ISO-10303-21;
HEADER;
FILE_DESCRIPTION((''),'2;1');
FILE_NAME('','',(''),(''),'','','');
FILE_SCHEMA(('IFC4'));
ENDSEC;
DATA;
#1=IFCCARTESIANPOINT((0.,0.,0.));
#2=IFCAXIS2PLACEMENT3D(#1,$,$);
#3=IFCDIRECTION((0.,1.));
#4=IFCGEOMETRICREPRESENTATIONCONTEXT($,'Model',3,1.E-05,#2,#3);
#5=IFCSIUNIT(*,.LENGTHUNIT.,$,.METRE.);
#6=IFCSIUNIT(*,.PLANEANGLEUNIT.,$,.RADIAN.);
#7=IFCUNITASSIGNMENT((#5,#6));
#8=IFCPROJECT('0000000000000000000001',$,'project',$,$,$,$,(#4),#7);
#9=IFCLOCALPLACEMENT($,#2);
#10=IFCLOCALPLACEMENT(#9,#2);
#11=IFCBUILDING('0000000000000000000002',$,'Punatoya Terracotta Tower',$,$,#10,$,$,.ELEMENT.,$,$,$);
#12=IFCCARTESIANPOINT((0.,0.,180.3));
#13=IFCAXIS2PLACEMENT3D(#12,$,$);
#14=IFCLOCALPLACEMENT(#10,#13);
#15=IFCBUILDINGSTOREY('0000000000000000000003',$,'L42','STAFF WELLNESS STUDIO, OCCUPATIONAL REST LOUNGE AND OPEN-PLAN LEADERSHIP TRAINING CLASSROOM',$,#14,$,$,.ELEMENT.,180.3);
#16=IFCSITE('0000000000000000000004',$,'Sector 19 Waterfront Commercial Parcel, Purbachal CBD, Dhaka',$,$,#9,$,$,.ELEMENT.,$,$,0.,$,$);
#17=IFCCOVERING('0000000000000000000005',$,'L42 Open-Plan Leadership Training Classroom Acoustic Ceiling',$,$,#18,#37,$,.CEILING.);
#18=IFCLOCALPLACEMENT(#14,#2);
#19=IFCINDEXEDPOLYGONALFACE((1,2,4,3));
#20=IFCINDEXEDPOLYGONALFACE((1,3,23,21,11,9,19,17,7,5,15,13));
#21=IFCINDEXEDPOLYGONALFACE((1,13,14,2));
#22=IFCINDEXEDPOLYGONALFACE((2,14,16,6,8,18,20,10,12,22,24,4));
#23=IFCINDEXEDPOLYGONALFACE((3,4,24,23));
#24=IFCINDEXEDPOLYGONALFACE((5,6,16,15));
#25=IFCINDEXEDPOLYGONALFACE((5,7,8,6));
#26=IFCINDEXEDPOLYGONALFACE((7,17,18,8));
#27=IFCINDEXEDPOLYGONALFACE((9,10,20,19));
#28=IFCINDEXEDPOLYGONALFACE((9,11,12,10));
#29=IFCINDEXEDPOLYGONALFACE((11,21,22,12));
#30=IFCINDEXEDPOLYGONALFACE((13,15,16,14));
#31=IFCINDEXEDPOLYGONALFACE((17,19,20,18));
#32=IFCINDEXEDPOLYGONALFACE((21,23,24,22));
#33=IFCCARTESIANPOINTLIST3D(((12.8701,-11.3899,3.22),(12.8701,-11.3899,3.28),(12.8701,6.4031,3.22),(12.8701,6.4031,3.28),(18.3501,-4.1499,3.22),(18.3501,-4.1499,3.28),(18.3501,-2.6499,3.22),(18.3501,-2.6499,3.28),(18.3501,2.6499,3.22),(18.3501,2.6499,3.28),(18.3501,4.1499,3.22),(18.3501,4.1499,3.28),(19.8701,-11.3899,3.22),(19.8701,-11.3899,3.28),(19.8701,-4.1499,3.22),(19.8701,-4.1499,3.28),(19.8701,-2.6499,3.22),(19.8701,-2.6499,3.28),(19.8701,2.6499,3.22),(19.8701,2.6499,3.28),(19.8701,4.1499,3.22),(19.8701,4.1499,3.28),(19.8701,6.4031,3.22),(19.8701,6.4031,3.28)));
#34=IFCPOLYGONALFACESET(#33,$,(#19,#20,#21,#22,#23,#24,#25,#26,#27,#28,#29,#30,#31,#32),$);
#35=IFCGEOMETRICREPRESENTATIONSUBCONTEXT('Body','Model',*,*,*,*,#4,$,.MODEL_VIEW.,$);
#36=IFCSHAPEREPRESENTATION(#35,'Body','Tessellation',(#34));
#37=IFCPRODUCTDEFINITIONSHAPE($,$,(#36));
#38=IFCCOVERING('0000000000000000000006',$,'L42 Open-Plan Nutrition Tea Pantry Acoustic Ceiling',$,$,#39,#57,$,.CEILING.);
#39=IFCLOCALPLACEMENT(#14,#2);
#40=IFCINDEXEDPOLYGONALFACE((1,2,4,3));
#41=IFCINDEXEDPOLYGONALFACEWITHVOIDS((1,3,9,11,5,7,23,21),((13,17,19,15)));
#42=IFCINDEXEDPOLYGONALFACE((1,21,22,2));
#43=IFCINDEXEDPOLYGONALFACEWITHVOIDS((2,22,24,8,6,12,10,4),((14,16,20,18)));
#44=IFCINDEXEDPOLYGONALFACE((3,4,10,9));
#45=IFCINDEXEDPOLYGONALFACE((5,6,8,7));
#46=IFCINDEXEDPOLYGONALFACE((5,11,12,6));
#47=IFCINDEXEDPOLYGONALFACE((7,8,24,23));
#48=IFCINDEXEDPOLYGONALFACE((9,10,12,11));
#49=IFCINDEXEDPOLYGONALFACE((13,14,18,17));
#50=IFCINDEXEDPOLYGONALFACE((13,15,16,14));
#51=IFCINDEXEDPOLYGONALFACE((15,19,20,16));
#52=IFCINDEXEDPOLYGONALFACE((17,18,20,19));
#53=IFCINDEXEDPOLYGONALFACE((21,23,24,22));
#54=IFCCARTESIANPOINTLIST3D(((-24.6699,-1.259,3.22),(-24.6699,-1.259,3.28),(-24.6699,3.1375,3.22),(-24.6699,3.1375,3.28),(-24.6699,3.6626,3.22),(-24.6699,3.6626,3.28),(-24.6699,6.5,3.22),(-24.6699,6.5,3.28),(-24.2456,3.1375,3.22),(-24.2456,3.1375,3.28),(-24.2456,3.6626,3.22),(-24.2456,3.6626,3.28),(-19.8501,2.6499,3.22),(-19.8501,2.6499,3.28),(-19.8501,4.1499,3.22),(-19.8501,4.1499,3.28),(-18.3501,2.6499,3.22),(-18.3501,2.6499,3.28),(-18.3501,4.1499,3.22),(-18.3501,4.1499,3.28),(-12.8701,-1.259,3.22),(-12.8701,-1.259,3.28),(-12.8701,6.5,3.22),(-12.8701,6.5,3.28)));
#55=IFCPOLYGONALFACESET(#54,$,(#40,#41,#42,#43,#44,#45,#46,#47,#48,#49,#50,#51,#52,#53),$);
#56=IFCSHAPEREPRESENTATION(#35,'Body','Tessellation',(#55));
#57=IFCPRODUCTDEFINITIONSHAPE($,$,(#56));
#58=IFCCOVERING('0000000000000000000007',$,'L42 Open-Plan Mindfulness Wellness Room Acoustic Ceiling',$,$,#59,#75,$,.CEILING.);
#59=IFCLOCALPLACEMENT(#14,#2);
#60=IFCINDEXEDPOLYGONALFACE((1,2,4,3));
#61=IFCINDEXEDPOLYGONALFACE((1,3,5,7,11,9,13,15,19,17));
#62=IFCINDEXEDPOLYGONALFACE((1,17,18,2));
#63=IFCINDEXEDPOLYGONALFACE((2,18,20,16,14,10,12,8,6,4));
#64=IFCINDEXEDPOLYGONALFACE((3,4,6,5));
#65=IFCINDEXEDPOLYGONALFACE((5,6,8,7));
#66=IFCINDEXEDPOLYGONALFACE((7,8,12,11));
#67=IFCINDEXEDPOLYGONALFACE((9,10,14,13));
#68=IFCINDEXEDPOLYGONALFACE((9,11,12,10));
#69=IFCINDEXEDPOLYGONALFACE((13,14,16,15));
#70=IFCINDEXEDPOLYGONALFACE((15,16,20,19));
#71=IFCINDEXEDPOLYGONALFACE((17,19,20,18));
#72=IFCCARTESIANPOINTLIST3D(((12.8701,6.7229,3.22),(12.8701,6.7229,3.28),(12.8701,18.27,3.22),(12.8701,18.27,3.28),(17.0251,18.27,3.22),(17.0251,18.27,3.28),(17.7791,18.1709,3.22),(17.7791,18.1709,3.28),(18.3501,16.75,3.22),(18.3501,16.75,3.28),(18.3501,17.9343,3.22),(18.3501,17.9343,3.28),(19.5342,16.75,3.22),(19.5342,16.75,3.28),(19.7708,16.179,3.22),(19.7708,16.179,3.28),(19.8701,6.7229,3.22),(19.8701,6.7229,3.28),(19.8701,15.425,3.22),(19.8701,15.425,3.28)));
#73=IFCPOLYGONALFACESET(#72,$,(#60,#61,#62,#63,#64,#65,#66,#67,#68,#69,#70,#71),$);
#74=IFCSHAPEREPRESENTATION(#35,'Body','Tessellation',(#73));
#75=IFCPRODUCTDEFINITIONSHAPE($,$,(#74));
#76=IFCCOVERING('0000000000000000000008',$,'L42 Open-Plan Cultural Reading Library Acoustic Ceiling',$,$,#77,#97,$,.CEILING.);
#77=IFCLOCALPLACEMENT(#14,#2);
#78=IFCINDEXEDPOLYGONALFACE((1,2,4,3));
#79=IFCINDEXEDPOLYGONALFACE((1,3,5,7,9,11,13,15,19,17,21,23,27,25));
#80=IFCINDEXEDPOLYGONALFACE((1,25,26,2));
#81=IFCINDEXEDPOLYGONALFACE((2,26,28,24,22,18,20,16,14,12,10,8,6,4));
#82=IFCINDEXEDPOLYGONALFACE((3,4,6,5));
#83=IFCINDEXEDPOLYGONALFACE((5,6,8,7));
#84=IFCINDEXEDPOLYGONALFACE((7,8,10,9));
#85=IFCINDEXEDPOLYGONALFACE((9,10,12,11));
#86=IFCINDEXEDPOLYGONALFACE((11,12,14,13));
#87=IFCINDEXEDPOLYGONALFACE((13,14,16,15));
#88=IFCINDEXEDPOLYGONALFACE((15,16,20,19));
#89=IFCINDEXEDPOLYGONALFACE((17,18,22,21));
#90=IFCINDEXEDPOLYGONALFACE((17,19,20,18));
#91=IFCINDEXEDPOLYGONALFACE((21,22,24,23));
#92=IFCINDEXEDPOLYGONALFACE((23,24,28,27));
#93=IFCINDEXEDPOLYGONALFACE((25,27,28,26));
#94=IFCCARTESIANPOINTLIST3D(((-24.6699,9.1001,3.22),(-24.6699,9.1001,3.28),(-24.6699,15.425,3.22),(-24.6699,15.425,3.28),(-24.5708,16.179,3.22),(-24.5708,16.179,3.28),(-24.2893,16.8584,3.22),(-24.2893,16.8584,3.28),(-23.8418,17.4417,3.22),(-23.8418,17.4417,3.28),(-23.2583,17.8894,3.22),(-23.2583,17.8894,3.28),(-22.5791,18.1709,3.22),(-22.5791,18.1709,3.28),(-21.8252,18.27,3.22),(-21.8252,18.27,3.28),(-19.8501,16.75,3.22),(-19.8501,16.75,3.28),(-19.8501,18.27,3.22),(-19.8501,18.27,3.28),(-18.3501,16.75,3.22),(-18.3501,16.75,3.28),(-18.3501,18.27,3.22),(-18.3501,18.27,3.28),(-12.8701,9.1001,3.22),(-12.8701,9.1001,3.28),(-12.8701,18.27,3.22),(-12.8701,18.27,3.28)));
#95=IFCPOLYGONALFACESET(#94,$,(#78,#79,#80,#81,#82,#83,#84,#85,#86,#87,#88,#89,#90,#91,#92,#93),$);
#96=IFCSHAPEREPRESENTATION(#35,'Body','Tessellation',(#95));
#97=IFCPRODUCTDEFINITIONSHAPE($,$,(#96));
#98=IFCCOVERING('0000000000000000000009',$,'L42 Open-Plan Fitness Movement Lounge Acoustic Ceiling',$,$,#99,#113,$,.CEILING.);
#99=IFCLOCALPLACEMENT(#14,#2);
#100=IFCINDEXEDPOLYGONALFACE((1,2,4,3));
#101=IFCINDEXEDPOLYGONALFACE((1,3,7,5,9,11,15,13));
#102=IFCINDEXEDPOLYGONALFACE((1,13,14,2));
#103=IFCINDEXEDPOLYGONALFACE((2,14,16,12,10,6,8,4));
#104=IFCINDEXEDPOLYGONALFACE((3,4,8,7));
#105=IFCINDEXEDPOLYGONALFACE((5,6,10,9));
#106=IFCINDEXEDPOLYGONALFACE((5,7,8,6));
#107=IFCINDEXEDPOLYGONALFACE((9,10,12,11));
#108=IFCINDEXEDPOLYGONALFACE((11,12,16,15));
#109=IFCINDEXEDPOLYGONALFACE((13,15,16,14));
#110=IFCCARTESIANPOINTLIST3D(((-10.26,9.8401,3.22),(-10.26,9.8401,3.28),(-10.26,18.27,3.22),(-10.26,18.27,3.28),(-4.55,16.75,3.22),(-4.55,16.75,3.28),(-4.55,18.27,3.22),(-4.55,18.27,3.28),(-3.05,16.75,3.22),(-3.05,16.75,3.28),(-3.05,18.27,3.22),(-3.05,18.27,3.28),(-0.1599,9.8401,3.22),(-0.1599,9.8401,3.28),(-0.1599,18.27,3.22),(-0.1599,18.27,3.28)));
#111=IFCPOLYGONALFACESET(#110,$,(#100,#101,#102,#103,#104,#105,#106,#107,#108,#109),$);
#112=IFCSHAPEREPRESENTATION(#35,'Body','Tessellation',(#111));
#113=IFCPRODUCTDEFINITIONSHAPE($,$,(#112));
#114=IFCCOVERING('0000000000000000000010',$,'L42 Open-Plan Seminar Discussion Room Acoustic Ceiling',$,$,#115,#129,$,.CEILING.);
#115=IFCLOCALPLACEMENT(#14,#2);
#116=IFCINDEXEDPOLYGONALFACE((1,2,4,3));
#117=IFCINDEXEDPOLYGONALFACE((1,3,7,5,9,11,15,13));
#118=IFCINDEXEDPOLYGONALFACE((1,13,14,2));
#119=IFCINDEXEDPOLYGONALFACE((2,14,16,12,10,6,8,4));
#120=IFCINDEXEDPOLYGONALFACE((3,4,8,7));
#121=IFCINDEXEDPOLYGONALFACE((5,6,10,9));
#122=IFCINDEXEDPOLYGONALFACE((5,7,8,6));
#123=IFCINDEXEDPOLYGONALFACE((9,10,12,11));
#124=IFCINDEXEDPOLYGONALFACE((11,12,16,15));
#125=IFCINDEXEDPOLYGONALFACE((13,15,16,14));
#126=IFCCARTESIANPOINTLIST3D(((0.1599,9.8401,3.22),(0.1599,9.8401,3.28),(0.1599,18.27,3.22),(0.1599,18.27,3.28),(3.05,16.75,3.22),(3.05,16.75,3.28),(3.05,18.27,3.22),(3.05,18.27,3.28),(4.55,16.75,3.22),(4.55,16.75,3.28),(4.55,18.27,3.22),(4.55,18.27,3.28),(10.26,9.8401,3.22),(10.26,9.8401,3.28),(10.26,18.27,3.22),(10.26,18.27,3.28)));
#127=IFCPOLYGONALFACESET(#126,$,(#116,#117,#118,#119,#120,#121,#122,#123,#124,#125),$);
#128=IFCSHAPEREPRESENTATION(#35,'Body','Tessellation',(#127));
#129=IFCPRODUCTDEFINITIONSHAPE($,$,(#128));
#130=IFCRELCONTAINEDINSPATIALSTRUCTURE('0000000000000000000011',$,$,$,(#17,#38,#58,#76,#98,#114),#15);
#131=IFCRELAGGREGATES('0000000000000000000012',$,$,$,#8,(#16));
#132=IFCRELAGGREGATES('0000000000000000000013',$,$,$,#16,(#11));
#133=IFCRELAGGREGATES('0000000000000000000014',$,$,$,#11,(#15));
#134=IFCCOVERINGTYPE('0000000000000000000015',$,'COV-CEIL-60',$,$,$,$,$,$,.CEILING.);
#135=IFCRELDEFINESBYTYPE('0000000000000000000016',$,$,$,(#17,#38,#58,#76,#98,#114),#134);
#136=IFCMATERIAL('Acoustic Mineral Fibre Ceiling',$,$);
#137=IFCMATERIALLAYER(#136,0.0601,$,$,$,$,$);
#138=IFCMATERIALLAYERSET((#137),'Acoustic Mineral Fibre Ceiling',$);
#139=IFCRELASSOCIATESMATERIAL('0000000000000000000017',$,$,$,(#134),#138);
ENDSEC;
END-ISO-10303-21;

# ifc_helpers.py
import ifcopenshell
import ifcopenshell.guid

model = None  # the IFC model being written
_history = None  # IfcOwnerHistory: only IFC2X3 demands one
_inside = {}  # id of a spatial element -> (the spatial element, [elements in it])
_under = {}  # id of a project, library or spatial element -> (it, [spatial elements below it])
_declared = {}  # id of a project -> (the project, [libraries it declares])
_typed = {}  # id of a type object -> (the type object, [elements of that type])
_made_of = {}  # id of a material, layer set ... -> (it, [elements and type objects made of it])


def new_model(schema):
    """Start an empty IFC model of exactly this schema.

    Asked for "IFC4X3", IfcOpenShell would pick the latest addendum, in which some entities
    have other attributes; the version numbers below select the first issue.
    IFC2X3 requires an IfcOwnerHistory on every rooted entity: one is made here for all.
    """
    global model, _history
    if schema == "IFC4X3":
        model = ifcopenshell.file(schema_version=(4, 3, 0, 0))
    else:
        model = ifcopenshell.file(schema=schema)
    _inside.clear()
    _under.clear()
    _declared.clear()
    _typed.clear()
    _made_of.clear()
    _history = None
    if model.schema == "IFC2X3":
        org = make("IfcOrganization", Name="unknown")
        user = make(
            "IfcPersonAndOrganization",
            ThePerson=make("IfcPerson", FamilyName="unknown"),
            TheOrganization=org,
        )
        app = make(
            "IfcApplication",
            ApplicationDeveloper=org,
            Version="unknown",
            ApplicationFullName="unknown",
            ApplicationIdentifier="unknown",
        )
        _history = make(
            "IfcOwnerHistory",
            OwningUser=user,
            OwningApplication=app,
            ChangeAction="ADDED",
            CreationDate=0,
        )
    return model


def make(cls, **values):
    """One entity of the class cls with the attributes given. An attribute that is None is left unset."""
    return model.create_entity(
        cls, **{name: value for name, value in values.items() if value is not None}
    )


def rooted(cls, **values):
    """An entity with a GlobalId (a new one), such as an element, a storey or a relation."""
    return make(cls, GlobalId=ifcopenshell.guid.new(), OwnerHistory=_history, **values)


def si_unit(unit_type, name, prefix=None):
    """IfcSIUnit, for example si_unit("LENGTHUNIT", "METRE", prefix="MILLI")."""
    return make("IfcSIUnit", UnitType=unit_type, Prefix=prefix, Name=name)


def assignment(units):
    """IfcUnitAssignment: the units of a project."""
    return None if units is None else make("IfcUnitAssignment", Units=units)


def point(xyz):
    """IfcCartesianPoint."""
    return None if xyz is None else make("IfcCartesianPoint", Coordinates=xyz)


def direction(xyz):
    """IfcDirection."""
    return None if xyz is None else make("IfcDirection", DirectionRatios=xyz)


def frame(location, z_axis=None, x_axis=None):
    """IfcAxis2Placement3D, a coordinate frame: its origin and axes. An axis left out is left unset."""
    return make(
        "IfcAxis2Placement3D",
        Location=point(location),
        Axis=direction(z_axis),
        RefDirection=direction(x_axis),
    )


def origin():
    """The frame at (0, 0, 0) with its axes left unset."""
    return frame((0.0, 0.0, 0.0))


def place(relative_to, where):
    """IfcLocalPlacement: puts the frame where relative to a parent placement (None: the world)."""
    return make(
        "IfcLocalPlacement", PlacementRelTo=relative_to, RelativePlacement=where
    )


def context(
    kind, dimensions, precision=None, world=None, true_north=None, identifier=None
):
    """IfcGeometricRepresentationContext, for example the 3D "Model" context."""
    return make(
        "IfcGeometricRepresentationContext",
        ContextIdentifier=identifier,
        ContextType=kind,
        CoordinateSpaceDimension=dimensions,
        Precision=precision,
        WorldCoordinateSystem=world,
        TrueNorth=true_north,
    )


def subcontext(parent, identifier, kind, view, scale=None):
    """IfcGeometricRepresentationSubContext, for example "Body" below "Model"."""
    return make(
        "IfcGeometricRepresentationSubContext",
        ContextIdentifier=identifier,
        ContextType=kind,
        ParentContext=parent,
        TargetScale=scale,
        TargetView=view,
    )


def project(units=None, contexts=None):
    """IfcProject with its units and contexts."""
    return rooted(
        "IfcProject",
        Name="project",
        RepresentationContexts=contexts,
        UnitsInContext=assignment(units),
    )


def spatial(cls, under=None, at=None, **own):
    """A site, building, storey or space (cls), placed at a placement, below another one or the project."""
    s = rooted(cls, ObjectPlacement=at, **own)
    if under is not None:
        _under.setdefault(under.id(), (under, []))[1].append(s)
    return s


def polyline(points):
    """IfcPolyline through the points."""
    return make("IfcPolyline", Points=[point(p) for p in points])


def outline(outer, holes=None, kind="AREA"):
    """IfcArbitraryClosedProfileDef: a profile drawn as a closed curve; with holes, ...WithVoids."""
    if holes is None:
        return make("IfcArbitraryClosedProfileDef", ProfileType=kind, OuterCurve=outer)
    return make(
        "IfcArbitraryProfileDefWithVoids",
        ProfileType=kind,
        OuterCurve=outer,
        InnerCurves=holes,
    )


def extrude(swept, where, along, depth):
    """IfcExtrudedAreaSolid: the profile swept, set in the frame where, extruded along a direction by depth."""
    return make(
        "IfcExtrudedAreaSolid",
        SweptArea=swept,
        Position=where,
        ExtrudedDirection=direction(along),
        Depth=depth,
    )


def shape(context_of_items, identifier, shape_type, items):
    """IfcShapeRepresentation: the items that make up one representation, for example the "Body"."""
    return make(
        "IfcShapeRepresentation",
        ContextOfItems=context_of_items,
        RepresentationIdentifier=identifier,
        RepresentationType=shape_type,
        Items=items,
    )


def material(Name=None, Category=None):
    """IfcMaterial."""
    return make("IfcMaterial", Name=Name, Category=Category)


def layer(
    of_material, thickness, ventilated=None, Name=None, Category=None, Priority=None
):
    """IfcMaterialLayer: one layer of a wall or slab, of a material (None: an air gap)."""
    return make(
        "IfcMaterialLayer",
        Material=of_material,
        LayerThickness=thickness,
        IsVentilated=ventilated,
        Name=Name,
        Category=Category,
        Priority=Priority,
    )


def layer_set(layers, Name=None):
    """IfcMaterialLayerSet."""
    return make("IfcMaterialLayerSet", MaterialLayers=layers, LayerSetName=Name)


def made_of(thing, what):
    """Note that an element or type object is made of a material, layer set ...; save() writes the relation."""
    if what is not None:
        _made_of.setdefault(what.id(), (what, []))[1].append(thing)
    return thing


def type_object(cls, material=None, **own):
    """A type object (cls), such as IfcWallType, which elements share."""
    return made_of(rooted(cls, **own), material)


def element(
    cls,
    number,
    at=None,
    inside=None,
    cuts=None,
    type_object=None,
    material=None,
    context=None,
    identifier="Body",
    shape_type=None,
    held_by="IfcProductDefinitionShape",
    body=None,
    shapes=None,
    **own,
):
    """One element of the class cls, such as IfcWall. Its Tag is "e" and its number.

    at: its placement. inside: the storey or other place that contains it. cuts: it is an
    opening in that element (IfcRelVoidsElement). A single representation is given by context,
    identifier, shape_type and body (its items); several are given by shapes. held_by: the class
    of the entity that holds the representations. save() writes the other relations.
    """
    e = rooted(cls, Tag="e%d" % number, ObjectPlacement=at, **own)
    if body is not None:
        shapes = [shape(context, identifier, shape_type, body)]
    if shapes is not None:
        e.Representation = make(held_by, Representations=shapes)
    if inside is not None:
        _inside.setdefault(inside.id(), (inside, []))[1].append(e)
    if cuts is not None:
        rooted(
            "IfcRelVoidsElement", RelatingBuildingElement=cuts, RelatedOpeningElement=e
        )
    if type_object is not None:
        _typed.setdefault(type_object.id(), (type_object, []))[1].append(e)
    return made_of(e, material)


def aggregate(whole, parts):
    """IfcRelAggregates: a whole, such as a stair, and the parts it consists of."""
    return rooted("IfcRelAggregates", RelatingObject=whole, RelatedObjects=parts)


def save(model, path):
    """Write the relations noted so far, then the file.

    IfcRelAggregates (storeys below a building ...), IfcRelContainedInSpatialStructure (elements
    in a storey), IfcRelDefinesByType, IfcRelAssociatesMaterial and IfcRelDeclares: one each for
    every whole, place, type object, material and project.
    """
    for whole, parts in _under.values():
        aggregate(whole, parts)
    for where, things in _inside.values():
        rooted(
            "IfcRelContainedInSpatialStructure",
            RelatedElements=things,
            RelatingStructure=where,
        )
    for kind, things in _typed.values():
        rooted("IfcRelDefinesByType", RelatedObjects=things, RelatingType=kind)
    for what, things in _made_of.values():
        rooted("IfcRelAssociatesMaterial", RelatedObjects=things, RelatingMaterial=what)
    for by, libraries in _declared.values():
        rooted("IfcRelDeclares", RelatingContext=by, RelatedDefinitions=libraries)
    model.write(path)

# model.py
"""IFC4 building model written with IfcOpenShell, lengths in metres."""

from ifc_helpers import new_model, si_unit, direction, frame, origin, place, context, subcontext, project, spatial, polyline, outline, extrude, material, layer, layer_set, type_object, element, save


model = new_model("IFC4")

# Units and contexts
model_context = context("Model", 3, precision=1e-05, world=origin(), true_north=direction((0.0, 1.0)))
body_context = subcontext(model_context, "Body", "Model", "MODEL_VIEW")
ifc_project = project(units=[si_unit("LENGTHUNIT", "METRE"), si_unit("PLANEANGLEUNIT", "RADIAN")], contexts=[model_context])

# Site, building, storey
site_placement = place(None, origin())
site = spatial("IfcSite", under=ifc_project, at=site_placement, Name="Sector 19 Waterfront Commercial Parcel, Purbachal CBD, Dhaka", CompositionType="ELEMENT", RefElevation=0.0)
building_placement = place(site_placement, origin())
building = spatial("IfcBuilding", under=site, at=building_placement, Name="Punatoya Terracotta Tower", CompositionType="ELEMENT")
storey_placement = place(building_placement, frame((0.0, 0.0, 180.3)))
storey = spatial("IfcBuildingStorey", under=building, at=storey_placement, Name="L42", Description="STAFF WELLNESS STUDIO, OCCUPATIONAL REST LOUNGE AND OPEN-PLAN LEADERSHIP TRAINING CLASSROOM", CompositionType="ELEMENT", Elevation=180.3)

# Coverings
ifc_material_1 = material(Name="Acoustic Mineral Fibre Ceiling")
ifc_layer_1 = layer(ifc_material_1, 0.0601)
ifc_layer_set_1 = layer_set([ifc_layer_1], Name="Acoustic Mineral Fibre Ceiling")
covering_type = type_object("IfcCoveringType", Name="COV-CEIL-60", PredefinedType="CEILING", material=ifc_layer_set_1)
covering_1_placement = place(storey_placement, frame((0.0, 0.0, 3.22)))
element("IfcCovering", 1, at=covering_1_placement, inside=storey, type_object=covering_type, Name="L42 Open-Plan Leadership Training Classroom Acoustic Ceiling", PredefinedType="CEILING", context=body_context, shape_type="SweptSolid", body=[
    extrude(outline(polyline([(12.8701, 6.4031), (12.8701, -11.3899), (19.8701, -11.3899), (19.8701, -4.1499), (18.3501, -4.1499), (18.3501, -2.6499), (19.8701, -2.6499), (19.8701, 2.6499), (18.3501, 2.6499), (18.3501, 4.1499), (19.8701, 4.1499), (19.8701, 6.4031), (12.8701, 6.4031)])), origin(), (0.0, 0.0, 1.0), 0.0601),
])
covering_2_placement = place(storey_placement, frame((0.0, 0.0, 3.22)))
element("IfcCovering", 2, at=covering_2_placement, inside=storey, type_object=covering_type, Name="L42 Open-Plan Nutrition Tea Pantry Acoustic Ceiling", PredefinedType="CEILING", context=body_context, shape_type="SweptSolid", body=[
    extrude(outline(polyline([(-24.6699, 3.1375), (-24.6699, -1.259), (-12.8701, -1.259), (-12.8701, 6.5), (-24.6699, 6.5), (-24.6699, 3.6626), (-24.2456, 3.6626), (-24.2456, 3.1375), (-24.6699, 3.1375)]), holes=[polyline([(-18.3501, 4.1499), (-18.3501, 2.6499), (-19.8501, 2.6499), (-19.8501, 4.1499), (-18.3501, 4.1499)])]), origin(), (0.0, 0.0, 1.0), 0.0601),
])
covering_3_placement = place(storey_placement, frame((0.0, 0.0, 3.22)))
element("IfcCovering", 3, at=covering_3_placement, inside=storey, type_object=covering_type, Name="L42 Open-Plan Mindfulness Wellness Room Acoustic Ceiling", PredefinedType="CEILING", context=body_context, shape_type="SweptSolid", body=[
    extrude(outline(polyline([(12.8701, 18.27), (12.8701, 6.7229), (19.8701, 6.7229), (19.8701, 15.425), (19.7708, 16.179), (19.5342, 16.75), (18.3501, 16.75), (18.3501, 17.9343), (17.7791, 18.1709), (17.0251, 18.27), (12.8701, 18.27)])), origin(), (0.0, 0.0, 1.0), 0.0601),
])
covering_4_placement = place(storey_placement, frame((0.0, 0.0, 3.22)))
element("IfcCovering", 4, at=covering_4_placement, inside=storey, type_object=covering_type, Name="L42 Open-Plan Cultural Reading Library Acoustic Ceiling", PredefinedType="CEILING", context=body_context, shape_type="SweptSolid", body=[
    extrude(outline(polyline([(-24.5708, 16.179), (-24.6699, 15.425), (-24.6699, 9.1001), (-12.8701, 9.1001), (-12.8701, 18.27), (-18.3501, 18.27), (-18.3501, 16.75), (-19.8501, 16.75), (-19.8501, 18.27), (-21.8252, 18.27), (-22.5791, 18.1709), (-23.2583, 17.8894), (-23.8418, 17.4417), (-24.2893, 16.8584), (-24.5708, 16.179)])), origin(), (0.0, 0.0, 1.0), 0.0601),
])
covering_5_placement = place(storey_placement, frame((0.0, 0.0, 3.22)))
element("IfcCovering", 5, at=covering_5_placement, inside=storey, type_object=covering_type, Name="L42 Open-Plan Fitness Movement Lounge Acoustic Ceiling", PredefinedType="CEILING", context=body_context, shape_type="SweptSolid", body=[
    extrude(outline(polyline([(-10.26, 18.27), (-10.26, 9.8401), (-0.1599, 9.8401), (-0.1599, 18.27), (-3.05, 18.27), (-3.05, 16.75), (-4.55, 16.75), (-4.55, 18.27), (-10.26, 18.27)])), origin(), (0.0, 0.0, 1.0), 0.0601),
])
covering_6_placement = place(storey_placement, frame((0.0, 0.0, 3.22)))
element("IfcCovering", 6, at=covering_6_placement, inside=storey, type_object=covering_type, Name="L42 Open-Plan Seminar Discussion Room Acoustic Ceiling", PredefinedType="CEILING", context=body_context, shape_type="SweptSolid", body=[
    extrude(outline(polyline([(3.05, 18.27), (0.1599, 18.27), (0.1599, 9.8401), (10.26, 9.8401), (10.26, 18.27), (4.55, 18.27), (4.55, 16.75), (3.05, 16.75), (3.05, 18.27)])), origin(), (0.0, 0.0, 1.0), 0.0601),
])

save(model, "model.ifc")
